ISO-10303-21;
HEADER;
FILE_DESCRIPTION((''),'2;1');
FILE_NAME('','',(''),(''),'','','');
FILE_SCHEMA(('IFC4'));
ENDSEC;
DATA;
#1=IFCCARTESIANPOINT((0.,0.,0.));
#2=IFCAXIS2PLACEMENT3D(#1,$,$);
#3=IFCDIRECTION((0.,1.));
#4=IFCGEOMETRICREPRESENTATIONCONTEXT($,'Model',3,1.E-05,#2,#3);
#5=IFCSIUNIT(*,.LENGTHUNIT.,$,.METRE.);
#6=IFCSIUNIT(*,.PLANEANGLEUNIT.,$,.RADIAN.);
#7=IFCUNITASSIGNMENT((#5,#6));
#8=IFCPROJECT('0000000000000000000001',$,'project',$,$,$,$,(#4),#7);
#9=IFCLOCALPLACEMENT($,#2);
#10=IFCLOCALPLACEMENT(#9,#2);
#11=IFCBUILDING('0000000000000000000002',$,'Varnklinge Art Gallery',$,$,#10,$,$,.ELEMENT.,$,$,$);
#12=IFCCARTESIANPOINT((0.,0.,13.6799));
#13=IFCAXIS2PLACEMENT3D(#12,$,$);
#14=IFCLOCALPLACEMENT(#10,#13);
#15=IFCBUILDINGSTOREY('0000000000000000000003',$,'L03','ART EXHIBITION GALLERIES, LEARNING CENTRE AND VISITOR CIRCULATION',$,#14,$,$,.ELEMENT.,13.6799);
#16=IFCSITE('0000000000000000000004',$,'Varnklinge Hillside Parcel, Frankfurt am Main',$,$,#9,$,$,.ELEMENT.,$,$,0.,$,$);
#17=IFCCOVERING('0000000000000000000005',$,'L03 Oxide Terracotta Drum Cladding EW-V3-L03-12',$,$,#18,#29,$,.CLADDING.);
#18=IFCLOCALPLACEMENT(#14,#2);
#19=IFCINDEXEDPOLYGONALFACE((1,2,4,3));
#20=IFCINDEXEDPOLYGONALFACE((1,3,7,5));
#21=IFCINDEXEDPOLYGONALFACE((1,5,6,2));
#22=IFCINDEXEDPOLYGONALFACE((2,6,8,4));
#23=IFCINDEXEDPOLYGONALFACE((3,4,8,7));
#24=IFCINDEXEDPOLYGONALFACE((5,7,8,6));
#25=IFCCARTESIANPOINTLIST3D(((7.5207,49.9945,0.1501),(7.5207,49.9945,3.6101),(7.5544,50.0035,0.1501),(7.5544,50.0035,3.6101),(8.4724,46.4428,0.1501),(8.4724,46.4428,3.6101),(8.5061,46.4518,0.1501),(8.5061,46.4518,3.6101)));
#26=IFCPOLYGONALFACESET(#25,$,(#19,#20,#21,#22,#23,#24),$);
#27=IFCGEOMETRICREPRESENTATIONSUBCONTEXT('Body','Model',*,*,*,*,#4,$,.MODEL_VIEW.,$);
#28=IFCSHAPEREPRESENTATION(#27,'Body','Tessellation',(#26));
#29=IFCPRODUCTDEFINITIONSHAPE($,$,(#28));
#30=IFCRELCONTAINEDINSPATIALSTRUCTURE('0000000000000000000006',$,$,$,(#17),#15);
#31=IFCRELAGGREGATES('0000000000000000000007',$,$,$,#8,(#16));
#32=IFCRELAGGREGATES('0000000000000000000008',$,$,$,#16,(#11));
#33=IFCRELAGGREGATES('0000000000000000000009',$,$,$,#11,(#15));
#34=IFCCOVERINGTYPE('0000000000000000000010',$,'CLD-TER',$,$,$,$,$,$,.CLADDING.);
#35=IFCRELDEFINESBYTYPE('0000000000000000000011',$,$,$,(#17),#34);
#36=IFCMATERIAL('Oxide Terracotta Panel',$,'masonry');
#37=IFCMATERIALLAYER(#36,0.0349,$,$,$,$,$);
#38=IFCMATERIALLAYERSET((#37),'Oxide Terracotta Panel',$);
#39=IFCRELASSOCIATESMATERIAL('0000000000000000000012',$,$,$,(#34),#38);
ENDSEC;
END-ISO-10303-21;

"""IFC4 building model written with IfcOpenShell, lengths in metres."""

from ifc_helpers import new_model, si_unit, direction, frame, origin, origin_2d, place, context, subcontext, project, spatial, rectangle, extrude, material, layer, layer_set, type_object, element, save


model = new_model("IFC4")

# Units and contexts
model_context = context("Model", 3, precision=1e-05, world=origin(), true_north=direction((0.0, 1.0)))
body_context = subcontext(model_context, "Body", "Model", "MODEL_VIEW")
ifc_project = project(units=[si_unit("LENGTHUNIT", "METRE"), si_unit("PLANEANGLEUNIT", "RADIAN")], contexts=[model_context])

# Site, building, storey
site_placement = place(None, origin())
site = spatial("IfcSite", under=ifc_project, at=site_placement, Name="Varnklinge Hillside Parcel, Frankfurt am Main", CompositionType="ELEMENT", RefElevation=0.0)
building_placement = place(site_placement, origin())
building = spatial("IfcBuilding", under=site, at=building_placement, Name="Varnklinge Art Gallery", CompositionType="ELEMENT")
storey_placement = place(building_placement, frame((0.0, 0.0, 13.6799)))
storey = spatial("IfcBuildingStorey", under=building, at=storey_placement, Name="L03", Description="ART EXHIBITION GALLERIES, LEARNING CENTRE AND VISITOR CIRCULATION", CompositionType="ELEMENT", Elevation=13.6799)

# Covering
ifc_material_1 = material(Name="Oxide Terracotta Panel", Category="masonry")
ifc_layer_1 = layer(ifc_material_1, 0.0349)
ifc_layer_set_1 = layer_set([ifc_layer_1], Name="Oxide Terracotta Panel")
covering_type = type_object("IfcCoveringType", Name="CLD-TER", PredefinedType="CLADDING", material=ifc_layer_set_1)
covering_1_placement = place(storey_placement, frame((8.0134, 48.2231, 0.1501), z_axis=(0.0, 0.0, 1.0), x_axis=(-0.258819, 0.965926, 0.0)))
element("IfcCovering", 1, at=covering_1_placement, inside=storey, type_object=covering_type, Name="L03 Oxide Terracotta Drum Cladding EW-V3-L03-12", PredefinedType="CLADDING", context=body_context, shape_type="SweptSolid", body=[
    extrude(rectangle(XDim=3.677, YDim=0.0349, at=origin_2d()), origin(), (0.0, 0.0, 1.0), 3.46),
])

save(model, "model.ifc")
